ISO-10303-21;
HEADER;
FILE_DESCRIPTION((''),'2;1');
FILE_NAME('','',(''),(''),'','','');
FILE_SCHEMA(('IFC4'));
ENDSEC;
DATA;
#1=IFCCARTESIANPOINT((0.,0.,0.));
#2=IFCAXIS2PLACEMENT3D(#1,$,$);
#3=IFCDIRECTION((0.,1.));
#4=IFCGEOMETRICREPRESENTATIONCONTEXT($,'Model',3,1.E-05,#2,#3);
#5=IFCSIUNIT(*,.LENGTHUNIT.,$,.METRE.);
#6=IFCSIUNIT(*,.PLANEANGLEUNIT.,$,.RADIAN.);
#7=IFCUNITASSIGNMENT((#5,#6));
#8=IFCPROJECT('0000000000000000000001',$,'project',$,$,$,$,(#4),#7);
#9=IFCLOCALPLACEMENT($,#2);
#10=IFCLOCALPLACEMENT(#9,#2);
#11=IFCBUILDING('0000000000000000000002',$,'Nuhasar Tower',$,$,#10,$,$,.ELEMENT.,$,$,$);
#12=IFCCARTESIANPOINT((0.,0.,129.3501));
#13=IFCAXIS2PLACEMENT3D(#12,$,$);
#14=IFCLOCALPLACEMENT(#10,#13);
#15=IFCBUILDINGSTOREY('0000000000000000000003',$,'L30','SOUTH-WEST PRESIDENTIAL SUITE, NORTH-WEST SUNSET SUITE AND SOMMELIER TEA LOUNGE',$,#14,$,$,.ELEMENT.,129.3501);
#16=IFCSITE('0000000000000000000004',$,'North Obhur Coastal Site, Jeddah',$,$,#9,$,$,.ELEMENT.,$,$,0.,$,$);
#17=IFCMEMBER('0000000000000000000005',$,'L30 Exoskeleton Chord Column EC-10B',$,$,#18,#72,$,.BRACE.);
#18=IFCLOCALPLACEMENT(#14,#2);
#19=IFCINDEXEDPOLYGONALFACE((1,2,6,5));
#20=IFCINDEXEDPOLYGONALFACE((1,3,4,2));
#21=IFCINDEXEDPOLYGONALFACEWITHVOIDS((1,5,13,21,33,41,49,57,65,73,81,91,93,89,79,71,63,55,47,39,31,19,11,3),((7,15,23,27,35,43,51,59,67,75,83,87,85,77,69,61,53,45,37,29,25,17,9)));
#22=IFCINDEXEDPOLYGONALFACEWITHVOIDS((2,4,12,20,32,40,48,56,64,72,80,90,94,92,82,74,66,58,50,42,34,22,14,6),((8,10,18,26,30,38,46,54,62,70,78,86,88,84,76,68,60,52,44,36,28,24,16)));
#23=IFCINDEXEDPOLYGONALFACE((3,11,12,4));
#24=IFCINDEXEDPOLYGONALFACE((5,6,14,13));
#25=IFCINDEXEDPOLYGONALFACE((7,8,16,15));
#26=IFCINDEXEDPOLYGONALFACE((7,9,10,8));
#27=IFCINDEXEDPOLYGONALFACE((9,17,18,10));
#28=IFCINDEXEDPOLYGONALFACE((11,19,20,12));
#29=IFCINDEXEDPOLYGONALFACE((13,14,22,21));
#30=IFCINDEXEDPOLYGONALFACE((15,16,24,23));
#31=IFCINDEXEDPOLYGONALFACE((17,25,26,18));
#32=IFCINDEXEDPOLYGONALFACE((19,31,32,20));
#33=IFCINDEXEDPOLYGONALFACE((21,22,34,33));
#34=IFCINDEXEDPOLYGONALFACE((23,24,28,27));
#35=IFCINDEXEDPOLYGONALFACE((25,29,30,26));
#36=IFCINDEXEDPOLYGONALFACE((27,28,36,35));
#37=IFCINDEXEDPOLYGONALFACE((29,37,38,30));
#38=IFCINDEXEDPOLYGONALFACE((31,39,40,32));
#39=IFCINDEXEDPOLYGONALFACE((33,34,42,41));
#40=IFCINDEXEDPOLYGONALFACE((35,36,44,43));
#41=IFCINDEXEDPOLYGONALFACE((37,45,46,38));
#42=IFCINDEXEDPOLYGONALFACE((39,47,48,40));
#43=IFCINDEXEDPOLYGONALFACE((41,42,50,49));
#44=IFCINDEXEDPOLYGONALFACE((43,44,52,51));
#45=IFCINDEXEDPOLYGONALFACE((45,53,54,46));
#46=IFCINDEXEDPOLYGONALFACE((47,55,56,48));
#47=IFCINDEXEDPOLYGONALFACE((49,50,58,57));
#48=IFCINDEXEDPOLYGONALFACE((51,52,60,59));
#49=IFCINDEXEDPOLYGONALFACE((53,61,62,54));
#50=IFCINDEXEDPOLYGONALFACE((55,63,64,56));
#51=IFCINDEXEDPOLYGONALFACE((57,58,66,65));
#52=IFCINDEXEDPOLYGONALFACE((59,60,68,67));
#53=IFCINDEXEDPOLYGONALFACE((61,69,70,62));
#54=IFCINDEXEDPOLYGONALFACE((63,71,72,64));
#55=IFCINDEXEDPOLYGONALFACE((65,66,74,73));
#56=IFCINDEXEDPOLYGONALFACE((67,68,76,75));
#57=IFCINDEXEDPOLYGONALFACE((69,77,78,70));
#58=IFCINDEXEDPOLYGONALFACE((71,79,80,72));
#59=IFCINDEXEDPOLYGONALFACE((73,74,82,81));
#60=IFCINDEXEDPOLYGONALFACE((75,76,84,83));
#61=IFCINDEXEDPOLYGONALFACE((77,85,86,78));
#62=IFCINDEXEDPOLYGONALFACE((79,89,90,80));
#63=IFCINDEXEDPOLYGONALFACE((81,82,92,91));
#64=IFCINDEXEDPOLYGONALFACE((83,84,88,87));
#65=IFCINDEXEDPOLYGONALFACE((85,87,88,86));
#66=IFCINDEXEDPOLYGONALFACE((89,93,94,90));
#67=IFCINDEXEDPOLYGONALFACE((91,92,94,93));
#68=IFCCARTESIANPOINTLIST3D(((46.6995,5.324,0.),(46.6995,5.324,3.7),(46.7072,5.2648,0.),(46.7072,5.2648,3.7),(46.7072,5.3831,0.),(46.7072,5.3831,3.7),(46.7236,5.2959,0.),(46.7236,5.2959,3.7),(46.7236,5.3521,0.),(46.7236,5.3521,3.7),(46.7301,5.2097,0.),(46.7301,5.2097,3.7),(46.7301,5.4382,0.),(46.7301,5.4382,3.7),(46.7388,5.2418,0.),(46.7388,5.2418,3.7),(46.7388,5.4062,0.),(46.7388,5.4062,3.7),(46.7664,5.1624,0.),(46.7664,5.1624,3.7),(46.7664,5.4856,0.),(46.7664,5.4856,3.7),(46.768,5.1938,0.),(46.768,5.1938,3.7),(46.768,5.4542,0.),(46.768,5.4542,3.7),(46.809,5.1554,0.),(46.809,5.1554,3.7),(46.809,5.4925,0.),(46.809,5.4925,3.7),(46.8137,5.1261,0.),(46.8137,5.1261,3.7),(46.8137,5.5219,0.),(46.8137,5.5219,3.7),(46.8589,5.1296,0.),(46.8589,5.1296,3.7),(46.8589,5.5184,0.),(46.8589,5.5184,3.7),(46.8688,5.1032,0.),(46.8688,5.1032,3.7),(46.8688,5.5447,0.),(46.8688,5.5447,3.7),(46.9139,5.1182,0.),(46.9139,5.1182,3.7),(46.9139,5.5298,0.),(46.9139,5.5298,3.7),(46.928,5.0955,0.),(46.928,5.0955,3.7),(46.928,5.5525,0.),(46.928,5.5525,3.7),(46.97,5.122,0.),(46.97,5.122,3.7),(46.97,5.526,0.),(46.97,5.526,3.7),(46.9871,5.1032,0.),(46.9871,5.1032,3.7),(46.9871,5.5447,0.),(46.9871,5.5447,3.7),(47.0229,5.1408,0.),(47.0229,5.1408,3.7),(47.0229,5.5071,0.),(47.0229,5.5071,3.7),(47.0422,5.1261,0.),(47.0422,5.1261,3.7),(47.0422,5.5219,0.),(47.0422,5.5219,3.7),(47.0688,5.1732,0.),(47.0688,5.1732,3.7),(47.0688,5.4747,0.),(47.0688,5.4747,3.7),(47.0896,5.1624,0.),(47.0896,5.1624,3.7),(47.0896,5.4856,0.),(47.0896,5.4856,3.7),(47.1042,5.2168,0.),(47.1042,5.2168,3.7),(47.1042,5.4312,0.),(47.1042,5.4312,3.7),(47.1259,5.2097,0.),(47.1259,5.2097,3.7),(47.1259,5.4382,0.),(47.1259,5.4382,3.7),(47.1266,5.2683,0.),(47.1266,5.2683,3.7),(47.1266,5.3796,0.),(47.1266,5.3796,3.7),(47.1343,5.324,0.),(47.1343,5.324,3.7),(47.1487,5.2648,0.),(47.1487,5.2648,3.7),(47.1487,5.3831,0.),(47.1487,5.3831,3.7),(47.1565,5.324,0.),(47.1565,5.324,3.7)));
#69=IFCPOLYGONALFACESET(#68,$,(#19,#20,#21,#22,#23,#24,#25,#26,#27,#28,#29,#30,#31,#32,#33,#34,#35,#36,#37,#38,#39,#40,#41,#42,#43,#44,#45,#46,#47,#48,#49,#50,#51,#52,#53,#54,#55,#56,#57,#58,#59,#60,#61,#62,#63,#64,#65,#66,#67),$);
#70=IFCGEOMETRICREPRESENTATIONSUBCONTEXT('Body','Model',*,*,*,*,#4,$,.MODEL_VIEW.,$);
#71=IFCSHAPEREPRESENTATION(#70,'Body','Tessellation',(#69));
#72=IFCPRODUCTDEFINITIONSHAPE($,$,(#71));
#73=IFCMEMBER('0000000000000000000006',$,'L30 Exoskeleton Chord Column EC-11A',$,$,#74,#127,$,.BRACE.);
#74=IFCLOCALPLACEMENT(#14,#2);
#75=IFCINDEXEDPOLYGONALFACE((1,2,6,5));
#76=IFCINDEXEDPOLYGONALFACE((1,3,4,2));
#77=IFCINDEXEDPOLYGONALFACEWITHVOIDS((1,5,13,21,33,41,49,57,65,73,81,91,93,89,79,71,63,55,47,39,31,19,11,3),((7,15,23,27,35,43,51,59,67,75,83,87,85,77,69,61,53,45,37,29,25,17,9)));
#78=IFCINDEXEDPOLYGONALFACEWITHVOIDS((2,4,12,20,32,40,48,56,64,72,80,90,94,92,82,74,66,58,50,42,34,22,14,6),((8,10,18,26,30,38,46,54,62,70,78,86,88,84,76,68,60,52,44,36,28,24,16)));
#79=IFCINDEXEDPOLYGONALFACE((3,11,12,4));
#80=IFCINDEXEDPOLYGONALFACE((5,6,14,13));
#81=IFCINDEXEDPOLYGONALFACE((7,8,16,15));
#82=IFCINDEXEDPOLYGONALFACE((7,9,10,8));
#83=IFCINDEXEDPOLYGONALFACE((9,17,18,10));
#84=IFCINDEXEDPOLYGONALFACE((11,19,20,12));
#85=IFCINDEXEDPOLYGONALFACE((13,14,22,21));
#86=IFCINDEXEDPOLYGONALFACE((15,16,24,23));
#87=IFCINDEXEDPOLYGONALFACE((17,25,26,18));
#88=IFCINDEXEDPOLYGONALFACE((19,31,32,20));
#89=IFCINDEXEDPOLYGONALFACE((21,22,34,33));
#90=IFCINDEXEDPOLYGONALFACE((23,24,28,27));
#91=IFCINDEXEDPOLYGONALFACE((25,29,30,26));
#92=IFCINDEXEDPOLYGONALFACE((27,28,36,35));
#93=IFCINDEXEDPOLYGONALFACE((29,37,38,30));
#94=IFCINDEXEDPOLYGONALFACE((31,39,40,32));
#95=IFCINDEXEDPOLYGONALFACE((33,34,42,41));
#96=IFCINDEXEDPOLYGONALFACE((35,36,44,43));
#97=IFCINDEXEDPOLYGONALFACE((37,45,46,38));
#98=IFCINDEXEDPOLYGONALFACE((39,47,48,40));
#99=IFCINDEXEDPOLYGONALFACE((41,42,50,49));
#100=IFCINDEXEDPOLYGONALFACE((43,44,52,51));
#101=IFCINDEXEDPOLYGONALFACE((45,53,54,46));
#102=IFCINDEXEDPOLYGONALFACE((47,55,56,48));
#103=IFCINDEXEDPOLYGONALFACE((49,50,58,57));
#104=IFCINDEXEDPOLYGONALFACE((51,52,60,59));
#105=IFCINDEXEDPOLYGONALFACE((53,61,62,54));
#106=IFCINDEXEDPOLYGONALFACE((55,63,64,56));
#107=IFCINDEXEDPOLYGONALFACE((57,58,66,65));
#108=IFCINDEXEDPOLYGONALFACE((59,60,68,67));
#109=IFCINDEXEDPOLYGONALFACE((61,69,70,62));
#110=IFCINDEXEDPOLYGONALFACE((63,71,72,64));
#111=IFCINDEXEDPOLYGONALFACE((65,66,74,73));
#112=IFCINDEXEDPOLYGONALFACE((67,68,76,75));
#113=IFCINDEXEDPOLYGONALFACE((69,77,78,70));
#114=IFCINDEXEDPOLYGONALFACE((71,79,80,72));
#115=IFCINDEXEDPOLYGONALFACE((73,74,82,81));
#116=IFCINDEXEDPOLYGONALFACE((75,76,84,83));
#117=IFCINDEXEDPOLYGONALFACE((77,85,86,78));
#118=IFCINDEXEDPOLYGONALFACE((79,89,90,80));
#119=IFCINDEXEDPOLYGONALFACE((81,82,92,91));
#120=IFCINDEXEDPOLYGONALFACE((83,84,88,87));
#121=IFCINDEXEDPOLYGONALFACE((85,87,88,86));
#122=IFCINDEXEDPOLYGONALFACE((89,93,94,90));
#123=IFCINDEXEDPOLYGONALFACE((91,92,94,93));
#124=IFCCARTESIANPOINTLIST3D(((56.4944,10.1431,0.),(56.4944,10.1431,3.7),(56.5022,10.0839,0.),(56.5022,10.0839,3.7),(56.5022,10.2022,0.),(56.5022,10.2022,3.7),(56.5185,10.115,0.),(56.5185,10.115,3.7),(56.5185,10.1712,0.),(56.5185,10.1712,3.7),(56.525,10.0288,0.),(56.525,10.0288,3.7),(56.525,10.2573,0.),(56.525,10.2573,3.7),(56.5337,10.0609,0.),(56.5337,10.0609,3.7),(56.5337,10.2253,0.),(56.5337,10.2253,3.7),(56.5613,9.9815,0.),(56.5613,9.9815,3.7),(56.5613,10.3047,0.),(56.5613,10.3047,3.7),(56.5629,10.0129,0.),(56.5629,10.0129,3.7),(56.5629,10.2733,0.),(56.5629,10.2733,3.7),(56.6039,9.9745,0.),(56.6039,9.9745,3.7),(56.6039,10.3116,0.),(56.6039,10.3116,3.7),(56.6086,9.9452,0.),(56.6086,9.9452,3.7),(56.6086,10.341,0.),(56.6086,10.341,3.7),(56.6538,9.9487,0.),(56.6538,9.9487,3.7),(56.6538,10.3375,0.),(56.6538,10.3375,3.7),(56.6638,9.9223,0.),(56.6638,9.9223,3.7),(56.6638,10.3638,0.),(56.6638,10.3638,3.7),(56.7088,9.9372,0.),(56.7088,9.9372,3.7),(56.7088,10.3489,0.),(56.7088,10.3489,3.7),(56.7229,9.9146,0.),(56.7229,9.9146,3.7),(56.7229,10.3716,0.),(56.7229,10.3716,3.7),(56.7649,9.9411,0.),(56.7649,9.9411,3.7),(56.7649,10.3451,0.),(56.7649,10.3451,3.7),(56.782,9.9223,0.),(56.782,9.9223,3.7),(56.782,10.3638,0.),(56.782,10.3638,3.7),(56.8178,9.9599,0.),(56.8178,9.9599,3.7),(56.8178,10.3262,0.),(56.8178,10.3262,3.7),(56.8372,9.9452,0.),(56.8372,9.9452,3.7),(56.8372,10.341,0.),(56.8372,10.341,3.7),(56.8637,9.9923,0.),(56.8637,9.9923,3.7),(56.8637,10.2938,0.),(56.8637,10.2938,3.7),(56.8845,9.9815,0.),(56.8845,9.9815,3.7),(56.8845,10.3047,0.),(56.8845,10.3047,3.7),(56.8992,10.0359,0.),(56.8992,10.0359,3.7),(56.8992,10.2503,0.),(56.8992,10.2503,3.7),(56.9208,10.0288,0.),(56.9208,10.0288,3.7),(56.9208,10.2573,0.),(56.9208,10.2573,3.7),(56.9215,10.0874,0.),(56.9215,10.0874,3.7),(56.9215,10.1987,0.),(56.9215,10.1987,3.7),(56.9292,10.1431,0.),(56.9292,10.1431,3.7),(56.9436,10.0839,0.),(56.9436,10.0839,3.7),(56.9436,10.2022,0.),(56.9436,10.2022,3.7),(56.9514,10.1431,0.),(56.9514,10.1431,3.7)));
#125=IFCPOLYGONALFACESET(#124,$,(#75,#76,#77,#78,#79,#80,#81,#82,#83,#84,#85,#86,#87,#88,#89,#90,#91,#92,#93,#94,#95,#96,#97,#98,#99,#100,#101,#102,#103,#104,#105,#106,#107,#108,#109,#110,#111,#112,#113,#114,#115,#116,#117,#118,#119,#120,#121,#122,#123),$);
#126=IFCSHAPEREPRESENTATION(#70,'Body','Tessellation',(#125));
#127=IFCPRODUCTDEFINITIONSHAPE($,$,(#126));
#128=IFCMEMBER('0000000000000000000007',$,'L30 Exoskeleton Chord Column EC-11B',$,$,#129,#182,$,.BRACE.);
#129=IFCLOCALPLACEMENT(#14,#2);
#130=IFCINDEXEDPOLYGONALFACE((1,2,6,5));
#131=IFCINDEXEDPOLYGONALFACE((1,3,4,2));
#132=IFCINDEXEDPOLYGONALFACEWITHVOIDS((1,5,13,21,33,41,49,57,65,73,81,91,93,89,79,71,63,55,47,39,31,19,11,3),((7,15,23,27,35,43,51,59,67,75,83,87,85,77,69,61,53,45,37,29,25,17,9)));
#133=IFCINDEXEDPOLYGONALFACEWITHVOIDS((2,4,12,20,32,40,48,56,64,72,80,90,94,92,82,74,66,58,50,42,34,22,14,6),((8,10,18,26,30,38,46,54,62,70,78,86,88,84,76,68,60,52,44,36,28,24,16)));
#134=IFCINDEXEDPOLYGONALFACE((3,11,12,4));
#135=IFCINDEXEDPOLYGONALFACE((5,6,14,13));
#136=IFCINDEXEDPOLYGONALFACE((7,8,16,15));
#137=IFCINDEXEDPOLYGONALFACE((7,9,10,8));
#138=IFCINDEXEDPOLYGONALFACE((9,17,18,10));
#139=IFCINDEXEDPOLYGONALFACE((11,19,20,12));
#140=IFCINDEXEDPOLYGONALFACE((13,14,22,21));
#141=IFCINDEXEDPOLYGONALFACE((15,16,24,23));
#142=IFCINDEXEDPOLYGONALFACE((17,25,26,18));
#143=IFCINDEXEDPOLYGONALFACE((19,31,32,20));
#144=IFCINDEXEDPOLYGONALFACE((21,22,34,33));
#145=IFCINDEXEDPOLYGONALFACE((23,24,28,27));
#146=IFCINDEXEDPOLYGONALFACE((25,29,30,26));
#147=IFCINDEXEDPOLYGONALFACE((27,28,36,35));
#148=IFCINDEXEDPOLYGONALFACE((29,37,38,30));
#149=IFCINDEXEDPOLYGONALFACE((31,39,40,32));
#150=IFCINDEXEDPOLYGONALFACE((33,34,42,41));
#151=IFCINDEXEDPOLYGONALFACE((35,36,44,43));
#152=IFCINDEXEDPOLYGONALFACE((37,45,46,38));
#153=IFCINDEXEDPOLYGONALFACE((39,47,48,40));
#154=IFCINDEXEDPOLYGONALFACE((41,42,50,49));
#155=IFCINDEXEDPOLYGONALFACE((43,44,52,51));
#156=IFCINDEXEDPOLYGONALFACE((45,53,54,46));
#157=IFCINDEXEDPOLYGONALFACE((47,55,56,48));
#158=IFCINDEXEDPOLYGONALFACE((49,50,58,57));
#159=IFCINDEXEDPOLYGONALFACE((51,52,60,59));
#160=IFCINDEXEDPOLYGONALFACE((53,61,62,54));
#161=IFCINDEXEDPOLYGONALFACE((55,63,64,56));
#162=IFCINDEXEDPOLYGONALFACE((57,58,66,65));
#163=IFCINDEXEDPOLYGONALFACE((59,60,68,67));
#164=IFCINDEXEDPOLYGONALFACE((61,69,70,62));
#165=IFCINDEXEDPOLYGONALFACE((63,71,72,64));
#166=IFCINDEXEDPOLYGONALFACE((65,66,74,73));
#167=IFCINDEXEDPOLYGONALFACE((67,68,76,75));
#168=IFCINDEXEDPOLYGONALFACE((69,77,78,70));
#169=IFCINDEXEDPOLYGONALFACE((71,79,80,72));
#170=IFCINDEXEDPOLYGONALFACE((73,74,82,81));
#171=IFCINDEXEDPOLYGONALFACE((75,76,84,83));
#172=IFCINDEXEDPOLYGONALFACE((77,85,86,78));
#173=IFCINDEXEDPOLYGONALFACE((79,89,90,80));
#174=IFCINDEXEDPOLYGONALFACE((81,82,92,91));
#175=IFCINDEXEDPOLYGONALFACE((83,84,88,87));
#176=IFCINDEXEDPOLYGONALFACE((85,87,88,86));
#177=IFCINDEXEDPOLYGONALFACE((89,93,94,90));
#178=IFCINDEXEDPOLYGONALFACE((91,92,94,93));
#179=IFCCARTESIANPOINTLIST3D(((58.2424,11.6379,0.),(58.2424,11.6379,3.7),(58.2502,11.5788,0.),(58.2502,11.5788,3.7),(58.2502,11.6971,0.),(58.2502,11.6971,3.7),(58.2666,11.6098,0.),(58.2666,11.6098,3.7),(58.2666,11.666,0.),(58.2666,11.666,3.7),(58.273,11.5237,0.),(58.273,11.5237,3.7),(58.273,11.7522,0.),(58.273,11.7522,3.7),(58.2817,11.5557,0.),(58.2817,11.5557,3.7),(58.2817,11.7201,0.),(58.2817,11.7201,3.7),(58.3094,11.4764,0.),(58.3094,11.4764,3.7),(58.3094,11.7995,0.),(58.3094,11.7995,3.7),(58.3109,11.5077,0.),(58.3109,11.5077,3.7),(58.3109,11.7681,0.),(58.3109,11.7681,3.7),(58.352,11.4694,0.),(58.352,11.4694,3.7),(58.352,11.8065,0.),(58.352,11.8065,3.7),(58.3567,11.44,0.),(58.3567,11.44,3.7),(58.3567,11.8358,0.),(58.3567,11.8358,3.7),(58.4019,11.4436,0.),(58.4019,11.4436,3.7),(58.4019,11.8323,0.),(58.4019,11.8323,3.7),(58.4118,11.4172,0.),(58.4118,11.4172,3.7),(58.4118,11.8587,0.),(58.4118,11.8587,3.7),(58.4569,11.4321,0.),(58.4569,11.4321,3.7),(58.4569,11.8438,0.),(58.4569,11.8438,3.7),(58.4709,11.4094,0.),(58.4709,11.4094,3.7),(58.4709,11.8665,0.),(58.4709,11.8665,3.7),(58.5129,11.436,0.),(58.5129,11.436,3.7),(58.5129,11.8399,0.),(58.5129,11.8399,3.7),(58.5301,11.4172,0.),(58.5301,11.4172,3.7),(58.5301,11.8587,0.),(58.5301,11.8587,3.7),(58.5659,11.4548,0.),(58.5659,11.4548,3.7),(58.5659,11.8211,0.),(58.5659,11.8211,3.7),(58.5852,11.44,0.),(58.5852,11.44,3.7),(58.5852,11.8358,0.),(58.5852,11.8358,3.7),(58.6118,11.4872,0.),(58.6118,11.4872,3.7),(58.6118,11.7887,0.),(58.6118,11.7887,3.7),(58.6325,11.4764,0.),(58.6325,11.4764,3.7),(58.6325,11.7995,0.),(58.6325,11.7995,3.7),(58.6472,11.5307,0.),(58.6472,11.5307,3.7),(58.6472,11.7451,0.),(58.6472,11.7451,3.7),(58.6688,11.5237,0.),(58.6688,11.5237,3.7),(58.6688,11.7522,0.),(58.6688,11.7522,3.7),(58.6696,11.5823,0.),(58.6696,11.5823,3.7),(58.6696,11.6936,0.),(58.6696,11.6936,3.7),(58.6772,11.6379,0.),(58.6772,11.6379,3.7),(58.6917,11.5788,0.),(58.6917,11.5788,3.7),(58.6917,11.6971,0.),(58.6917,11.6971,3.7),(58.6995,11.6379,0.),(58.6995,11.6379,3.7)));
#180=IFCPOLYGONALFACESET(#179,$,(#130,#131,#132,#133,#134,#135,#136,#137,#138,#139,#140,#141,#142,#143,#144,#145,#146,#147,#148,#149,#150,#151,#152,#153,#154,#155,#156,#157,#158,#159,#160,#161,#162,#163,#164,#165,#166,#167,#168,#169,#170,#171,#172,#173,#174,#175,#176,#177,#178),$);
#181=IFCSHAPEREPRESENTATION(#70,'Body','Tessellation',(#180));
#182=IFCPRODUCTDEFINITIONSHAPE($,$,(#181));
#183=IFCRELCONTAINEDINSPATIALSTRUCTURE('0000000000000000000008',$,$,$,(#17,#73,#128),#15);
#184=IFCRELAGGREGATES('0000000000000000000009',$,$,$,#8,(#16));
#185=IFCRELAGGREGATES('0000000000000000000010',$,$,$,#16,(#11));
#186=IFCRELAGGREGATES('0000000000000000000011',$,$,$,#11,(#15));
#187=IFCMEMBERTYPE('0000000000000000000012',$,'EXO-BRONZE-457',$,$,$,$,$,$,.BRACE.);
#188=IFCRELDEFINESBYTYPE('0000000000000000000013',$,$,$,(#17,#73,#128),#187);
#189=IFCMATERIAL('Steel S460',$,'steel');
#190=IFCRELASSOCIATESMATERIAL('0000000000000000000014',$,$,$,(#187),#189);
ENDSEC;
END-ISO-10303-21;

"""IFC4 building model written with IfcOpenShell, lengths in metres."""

from ifc_helpers import new_model, si_unit, direction, frame, origin, origin_2d, place, context, subcontext, project, spatial, hollow_circle, extrude, material, material_profile, profile_set, type_object, element, save


model = new_model("IFC4")

# Units and contexts
model_context = context("Model", 3, precision=1e-05, world=origin(), true_north=direction((0.0, 1.0)))
body_context = subcontext(model_context, "Body", "Model", "MODEL_VIEW")
ifc_project = project(units=[si_unit("LENGTHUNIT", "METRE"), si_unit("PLANEANGLEUNIT", "RADIAN")], contexts=[model_context])

# Site, building, storey
site_placement = place(None, origin())
site = spatial("IfcSite", under=ifc_project, at=site_placement, Name="North Obhur Coastal Site, Jeddah", CompositionType="ELEMENT", RefElevation=0.0)
building_placement = place(site_placement, origin())
building = spatial("IfcBuilding", under=site, at=building_placement, Name="Nuhasar Tower", CompositionType="ELEMENT")
storey_placement = place(building_placement, frame((0.0, 0.0, 129.3501)))
storey = spatial("IfcBuildingStorey", under=building, at=storey_placement, Name="L30", Description="SOUTH-WEST PRESIDENTIAL SUITE, NORTH-WEST SUNSET SUITE AND SOMMELIER TEA LOUNGE", CompositionType="ELEMENT", Elevation=129.3501)

# Members
ifc_material_1 = material(Name="Steel S460", Category="steel")
ifc_material_profile_1 = material_profile(ifc_material_1, hollow_circle(Radius=0.2285, WallThickness=0.0222, at=origin_2d()), Name="HSS457X22.2")
ifc_profile_set_1 = profile_set([ifc_material_profile_1], Name="Steel S460")
member_type_1 = type_object("IfcMemberType", Name="EXO-BRONZE-457", PredefinedType="BRACE", material=ifc_profile_set_1)
for number, where, z_axis, x_axis, name in (
    (1, (46.928, 5.324, 0.0), (0.0, 0.0, 1.0), (1.0, 0.0, 0.0), "L30 Exoskeleton Chord Column EC-10B"),
    (2, (56.7229, 10.1431, 0.0), (0.0, 0.0, 1.0), (1.0, 0.0, 0.0), "L30 Exoskeleton Chord Column EC-11A"),
    (3, (58.4709, 11.6379, 0.0), (0.0, 0.0, 1.0), (1.0, 0.0, 0.0), "L30 Exoskeleton Chord Column EC-11B"),
):
    element("IfcMember", number, at=place(storey_placement, frame(where, z_axis=z_axis, x_axis=x_axis)), inside=storey, type_object=member_type_1, Name=name, PredefinedType="BRACE", context=body_context, shape_type="SweptSolid", body=[
        extrude(hollow_circle(Radius=0.2285, WallThickness=0.0222, at=origin_2d()), origin(), (0.0, 0.0, 1.0), 3.7),
    ])

save(model, "model.ifc")
